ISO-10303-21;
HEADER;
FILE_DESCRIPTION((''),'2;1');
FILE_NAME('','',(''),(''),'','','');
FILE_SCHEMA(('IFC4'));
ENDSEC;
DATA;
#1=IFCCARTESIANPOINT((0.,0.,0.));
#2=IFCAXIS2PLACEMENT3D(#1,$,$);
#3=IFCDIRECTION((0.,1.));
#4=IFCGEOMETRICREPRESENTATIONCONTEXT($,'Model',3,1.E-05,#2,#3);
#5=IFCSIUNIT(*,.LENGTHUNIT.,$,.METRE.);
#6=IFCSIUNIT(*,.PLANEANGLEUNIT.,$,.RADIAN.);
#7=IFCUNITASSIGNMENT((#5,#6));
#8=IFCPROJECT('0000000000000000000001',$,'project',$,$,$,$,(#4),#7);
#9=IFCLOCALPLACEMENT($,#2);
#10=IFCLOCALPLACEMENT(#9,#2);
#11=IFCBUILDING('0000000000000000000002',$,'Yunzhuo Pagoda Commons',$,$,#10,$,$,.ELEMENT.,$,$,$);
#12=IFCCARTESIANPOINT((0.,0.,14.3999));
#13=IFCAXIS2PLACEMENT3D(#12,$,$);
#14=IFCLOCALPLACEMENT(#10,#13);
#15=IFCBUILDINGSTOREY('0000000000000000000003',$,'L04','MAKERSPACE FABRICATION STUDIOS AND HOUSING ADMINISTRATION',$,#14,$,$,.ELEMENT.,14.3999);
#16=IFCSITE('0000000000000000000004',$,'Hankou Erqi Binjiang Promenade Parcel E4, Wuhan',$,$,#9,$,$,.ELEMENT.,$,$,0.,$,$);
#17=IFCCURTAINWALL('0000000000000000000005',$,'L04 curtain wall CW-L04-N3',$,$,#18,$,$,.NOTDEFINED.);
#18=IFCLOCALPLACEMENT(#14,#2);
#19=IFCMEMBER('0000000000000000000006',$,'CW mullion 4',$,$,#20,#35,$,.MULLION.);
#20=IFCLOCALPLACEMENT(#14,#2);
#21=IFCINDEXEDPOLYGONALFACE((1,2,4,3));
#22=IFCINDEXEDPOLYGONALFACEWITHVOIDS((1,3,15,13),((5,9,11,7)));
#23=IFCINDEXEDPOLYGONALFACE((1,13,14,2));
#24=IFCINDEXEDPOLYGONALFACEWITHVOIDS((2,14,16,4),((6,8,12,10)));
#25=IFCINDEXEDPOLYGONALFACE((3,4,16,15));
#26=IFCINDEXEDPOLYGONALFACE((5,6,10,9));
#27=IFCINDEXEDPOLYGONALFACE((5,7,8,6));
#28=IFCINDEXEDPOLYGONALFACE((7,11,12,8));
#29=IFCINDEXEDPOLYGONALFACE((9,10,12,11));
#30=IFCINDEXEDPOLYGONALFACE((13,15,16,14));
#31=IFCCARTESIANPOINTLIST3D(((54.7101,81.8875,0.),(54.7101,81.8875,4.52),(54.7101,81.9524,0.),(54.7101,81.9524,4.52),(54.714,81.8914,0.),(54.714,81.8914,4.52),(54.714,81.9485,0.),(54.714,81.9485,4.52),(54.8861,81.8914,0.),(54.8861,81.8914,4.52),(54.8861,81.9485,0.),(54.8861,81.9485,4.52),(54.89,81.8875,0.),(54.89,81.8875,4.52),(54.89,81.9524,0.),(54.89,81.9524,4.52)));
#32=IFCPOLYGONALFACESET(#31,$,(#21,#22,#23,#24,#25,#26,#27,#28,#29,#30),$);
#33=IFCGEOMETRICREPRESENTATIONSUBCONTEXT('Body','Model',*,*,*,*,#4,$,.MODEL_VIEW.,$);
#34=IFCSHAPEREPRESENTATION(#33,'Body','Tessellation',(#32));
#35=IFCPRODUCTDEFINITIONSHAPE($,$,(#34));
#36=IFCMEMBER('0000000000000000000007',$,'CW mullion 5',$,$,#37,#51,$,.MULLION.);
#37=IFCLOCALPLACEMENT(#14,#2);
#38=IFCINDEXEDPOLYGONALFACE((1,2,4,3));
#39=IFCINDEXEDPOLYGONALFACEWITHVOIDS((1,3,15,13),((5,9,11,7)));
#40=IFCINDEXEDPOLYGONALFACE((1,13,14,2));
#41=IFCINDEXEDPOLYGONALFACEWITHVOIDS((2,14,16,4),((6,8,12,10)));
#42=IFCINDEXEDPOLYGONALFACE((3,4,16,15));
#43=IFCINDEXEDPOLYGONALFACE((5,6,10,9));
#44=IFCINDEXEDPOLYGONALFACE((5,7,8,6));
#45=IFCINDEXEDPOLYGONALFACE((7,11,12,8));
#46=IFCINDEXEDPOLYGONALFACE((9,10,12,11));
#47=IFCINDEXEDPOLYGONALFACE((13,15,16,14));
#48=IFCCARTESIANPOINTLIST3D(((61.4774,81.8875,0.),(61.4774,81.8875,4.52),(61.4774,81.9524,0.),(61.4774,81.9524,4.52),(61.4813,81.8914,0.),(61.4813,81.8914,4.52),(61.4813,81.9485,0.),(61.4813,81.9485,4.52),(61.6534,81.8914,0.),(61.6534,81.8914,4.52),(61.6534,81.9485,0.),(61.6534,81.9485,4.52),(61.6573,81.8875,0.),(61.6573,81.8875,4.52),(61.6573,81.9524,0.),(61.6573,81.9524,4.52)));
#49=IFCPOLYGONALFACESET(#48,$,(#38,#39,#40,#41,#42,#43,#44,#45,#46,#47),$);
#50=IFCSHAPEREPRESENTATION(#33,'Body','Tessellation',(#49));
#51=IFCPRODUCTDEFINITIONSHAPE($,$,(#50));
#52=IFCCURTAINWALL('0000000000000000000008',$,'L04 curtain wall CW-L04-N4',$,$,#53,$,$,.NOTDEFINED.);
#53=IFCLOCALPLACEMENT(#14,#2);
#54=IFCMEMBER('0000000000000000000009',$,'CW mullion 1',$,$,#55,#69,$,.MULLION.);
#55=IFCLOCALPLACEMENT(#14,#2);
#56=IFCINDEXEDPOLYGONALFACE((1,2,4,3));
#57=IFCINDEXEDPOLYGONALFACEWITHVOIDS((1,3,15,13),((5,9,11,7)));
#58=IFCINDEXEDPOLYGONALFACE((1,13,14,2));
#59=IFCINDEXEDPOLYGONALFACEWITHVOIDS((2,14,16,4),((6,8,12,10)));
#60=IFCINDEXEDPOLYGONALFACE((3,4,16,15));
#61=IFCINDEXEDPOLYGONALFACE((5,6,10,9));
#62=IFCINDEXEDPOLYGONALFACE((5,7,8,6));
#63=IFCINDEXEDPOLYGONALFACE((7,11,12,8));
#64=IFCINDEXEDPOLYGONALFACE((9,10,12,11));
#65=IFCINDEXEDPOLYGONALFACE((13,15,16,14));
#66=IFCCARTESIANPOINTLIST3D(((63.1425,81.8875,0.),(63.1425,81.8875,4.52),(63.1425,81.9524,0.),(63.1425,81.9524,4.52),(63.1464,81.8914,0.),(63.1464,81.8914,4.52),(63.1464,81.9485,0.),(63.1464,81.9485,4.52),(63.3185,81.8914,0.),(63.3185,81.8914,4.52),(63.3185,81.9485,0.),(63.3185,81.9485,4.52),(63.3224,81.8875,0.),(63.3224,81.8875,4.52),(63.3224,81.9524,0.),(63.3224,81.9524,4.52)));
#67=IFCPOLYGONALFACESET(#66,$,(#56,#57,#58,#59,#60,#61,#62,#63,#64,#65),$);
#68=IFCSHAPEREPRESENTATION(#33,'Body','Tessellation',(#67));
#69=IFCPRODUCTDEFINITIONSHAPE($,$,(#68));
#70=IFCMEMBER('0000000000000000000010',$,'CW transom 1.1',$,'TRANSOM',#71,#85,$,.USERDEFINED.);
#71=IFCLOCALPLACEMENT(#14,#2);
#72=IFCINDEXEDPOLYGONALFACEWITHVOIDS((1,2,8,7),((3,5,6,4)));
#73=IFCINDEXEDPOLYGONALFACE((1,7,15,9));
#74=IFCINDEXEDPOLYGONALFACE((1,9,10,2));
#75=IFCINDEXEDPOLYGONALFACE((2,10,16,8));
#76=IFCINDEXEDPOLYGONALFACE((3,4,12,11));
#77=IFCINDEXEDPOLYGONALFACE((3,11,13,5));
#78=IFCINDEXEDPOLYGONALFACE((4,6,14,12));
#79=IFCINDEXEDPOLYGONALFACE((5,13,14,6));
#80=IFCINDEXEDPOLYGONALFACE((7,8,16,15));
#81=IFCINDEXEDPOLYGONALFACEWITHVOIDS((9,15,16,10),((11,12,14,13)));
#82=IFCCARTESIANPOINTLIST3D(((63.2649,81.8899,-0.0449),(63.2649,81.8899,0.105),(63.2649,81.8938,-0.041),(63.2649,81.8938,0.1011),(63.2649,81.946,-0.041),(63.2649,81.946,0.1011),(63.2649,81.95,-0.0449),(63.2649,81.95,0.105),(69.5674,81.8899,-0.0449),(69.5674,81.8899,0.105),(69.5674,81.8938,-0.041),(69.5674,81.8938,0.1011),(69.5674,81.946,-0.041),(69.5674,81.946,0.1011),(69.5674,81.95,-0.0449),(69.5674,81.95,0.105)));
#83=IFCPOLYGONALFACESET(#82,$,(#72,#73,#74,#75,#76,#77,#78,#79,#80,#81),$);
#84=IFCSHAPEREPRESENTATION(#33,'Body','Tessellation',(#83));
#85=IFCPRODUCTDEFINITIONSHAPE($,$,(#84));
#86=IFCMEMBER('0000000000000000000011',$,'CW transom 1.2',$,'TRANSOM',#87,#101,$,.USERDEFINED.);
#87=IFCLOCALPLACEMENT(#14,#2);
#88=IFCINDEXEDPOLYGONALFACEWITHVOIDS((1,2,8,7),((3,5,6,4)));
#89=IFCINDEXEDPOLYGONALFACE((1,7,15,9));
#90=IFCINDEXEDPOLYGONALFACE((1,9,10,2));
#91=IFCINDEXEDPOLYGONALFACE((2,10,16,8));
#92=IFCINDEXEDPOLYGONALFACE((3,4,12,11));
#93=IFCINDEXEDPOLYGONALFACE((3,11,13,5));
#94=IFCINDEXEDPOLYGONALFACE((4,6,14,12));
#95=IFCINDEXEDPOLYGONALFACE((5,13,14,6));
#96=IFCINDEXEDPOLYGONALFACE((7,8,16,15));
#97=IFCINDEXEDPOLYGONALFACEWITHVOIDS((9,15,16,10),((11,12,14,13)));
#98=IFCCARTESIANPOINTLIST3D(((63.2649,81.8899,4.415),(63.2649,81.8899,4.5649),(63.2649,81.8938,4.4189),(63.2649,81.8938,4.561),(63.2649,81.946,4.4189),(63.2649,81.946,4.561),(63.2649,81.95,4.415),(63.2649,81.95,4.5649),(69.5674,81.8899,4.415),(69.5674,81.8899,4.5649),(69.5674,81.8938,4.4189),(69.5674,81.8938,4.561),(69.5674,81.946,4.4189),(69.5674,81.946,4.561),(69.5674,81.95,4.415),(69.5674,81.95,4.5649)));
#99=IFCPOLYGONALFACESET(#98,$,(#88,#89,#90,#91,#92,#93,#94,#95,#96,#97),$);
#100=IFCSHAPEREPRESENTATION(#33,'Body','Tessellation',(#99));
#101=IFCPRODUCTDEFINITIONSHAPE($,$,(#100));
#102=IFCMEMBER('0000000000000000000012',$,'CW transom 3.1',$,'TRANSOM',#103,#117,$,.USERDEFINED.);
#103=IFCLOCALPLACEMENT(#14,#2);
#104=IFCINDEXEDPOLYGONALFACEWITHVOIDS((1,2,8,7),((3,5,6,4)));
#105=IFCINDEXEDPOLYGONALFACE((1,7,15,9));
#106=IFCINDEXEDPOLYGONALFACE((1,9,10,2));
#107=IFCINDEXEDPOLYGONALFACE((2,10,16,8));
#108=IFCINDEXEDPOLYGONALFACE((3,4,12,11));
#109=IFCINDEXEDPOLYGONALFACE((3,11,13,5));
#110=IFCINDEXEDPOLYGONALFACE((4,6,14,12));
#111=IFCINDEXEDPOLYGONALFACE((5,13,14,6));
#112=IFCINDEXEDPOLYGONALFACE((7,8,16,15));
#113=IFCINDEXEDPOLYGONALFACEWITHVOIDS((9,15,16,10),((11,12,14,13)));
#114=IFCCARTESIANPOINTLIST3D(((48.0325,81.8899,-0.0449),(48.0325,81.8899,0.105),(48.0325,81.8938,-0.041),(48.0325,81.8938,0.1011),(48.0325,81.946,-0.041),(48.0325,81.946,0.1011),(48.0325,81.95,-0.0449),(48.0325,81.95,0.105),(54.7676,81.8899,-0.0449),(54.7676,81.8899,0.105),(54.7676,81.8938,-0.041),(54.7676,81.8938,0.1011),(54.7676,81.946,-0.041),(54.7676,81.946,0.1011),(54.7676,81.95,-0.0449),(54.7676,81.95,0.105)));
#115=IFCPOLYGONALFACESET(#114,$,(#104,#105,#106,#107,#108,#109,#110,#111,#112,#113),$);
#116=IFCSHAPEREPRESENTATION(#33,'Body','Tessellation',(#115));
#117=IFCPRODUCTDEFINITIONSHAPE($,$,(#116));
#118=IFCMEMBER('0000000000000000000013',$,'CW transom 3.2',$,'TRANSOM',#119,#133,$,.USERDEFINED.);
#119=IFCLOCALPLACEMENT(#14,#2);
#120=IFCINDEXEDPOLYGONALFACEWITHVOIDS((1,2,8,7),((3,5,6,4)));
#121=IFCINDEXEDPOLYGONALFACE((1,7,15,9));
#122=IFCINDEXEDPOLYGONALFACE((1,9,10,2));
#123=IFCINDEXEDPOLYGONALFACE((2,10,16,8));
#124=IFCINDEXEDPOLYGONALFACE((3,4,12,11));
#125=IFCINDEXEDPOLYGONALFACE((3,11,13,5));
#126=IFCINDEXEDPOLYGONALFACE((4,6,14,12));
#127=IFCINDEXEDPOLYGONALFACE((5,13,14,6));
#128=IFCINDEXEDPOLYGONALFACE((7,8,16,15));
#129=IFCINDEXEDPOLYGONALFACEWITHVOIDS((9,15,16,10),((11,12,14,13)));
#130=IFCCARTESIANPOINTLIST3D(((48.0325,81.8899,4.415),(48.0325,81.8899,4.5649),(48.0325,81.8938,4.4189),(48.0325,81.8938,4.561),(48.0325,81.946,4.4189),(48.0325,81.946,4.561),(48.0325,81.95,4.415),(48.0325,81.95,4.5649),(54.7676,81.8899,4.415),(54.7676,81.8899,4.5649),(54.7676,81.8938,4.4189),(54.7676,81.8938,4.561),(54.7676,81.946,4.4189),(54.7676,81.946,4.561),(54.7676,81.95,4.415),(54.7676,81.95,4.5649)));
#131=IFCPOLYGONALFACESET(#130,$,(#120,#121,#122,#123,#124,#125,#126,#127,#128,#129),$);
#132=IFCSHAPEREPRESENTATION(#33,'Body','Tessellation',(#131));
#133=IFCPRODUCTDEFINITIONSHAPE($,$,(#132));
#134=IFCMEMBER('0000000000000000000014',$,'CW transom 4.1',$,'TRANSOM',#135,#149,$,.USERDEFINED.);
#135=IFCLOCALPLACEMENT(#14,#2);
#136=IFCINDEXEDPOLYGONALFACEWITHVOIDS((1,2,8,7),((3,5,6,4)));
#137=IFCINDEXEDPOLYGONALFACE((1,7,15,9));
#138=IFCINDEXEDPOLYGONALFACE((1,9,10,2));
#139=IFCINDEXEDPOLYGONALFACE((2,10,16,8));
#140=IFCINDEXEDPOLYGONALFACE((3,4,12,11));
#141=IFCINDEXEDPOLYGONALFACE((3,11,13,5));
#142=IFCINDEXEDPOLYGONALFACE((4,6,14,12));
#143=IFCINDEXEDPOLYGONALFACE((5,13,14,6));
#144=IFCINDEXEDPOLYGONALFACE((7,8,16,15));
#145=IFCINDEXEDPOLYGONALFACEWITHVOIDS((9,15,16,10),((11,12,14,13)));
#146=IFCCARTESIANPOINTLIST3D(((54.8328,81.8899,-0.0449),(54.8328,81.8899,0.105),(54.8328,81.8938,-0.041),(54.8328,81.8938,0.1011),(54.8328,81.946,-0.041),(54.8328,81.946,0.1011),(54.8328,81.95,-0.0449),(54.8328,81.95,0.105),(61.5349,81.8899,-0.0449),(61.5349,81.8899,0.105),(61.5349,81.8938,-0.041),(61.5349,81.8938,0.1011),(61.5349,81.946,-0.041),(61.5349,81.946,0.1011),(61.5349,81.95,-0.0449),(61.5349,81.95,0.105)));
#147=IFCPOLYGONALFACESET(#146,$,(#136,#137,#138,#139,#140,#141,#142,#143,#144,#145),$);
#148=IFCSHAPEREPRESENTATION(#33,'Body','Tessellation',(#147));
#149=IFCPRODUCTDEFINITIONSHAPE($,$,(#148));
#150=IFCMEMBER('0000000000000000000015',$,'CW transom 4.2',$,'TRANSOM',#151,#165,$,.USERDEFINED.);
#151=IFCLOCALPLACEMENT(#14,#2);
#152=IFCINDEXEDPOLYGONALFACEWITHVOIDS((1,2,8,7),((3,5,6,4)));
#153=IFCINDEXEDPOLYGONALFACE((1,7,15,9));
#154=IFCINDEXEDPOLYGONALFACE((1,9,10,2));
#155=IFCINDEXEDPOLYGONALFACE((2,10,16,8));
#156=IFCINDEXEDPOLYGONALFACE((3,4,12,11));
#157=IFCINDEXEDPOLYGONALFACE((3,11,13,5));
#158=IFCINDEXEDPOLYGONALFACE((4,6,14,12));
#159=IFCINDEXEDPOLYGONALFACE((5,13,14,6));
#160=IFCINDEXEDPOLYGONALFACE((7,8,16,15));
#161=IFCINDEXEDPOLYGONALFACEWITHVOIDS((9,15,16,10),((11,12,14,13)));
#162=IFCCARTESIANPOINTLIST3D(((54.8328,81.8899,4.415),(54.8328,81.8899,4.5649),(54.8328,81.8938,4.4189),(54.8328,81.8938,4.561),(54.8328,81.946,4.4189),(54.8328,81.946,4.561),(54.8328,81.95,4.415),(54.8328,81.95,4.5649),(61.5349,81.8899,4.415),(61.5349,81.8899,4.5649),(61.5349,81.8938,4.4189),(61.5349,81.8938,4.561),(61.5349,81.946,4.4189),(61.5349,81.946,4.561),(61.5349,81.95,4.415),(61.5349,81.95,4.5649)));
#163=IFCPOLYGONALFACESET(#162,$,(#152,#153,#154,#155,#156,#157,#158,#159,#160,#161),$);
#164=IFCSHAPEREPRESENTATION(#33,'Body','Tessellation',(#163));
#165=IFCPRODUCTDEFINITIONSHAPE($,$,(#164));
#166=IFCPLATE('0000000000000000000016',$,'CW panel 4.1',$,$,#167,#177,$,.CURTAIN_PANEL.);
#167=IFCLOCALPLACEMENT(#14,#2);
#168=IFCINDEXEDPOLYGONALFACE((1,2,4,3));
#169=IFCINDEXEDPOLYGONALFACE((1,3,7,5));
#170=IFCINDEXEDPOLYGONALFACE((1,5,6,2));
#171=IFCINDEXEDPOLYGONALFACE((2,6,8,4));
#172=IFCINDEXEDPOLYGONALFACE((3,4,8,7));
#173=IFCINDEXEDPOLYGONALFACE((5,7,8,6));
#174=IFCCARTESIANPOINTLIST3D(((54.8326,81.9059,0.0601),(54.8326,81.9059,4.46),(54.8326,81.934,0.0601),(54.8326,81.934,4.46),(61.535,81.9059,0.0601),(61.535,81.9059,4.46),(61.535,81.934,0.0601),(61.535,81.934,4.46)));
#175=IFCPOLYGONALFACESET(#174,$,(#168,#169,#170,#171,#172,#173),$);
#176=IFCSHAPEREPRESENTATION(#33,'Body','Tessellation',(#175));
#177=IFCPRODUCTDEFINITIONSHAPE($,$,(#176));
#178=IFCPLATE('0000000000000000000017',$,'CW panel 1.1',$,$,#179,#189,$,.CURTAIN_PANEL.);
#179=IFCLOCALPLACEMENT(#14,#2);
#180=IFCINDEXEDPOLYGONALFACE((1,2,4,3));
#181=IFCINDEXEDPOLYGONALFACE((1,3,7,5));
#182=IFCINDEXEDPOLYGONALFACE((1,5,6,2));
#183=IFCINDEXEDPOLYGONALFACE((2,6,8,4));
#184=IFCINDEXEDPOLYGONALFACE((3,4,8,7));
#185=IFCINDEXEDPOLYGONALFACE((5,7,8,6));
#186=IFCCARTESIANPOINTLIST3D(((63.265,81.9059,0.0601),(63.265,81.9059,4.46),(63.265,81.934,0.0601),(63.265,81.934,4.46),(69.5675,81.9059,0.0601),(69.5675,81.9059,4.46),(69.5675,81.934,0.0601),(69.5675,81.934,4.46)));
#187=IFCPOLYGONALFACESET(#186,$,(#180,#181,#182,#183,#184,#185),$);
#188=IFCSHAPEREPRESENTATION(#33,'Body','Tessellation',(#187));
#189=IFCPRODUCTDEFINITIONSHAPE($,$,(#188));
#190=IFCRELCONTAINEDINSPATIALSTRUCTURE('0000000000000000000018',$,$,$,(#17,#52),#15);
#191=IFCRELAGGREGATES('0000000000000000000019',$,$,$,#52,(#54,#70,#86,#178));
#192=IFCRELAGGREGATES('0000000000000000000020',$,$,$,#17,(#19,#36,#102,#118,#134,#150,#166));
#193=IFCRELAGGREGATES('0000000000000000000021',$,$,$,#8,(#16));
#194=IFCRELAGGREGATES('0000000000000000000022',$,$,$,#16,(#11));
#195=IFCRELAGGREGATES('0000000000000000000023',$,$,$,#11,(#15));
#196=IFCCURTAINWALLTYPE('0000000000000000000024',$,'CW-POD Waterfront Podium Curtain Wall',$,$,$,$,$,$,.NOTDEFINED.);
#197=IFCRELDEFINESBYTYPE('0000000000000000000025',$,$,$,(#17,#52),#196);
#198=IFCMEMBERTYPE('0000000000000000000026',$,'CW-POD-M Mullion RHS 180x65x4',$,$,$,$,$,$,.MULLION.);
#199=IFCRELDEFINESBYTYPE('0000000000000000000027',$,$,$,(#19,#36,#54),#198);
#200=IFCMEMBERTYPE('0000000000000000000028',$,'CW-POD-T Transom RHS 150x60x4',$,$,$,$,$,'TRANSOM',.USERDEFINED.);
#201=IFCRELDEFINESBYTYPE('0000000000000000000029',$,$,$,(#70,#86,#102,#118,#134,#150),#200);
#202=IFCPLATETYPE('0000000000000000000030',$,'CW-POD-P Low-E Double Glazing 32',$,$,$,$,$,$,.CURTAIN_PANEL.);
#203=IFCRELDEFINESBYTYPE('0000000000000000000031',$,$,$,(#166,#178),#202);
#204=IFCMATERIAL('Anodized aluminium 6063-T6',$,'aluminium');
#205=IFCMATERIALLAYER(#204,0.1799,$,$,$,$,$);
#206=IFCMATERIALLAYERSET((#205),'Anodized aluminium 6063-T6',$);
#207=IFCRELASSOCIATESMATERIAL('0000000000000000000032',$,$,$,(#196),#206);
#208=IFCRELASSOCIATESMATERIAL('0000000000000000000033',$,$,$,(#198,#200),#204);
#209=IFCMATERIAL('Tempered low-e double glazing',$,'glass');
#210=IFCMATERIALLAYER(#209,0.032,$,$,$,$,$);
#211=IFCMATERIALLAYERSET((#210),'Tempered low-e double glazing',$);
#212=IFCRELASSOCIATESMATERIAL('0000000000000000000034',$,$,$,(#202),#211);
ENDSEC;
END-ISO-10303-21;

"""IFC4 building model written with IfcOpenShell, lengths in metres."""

from ifc_helpers import new_model, si_unit, direction, frame, origin, origin_2d, place, context, subcontext, project, spatial, rectangle, hollow_rectangle, extrude, source, transform, mapped, material, layer, layer_set, material_profile, profile_set, type_object, element, aggregate, save


model = new_model("IFC4")

# Units and contexts
model_context = context("Model", 3, precision=1e-05, world=origin(), true_north=direction((0.0, 1.0)))
body_context = subcontext(model_context, "Body", "Model", "MODEL_VIEW")
ifc_project = project(units=[si_unit("LENGTHUNIT", "METRE"), si_unit("PLANEANGLEUNIT", "RADIAN")], contexts=[model_context])

# Site, building, storey
site_placement = place(None, origin())
site = spatial("IfcSite", under=ifc_project, at=site_placement, Name="Hankou Erqi Binjiang Promenade Parcel E4, Wuhan", CompositionType="ELEMENT", RefElevation=0.0)
building_placement = place(site_placement, origin())
building = spatial("IfcBuilding", under=site, at=building_placement, Name="Yunzhuo Pagoda Commons", CompositionType="ELEMENT")
storey_placement = place(building_placement, frame((0.0, 0.0, 14.3999)))
storey = spatial("IfcBuildingStorey", under=building, at=storey_placement, Name="L04", Description="MAKERSPACE FABRICATION STUDIOS AND HOUSING ADMINISTRATION", CompositionType="ELEMENT", Elevation=14.3999)

# Curtain walls, members
ifc_material_1 = material(Name="Anodized aluminium 6063-T6", Category="aluminium")
ifc_layer_1 = layer(ifc_material_1, 0.1799)
ifc_layer_set_1 = layer_set([ifc_layer_1], Name="Anodized aluminium 6063-T6")
curtain_wall_type = type_object("IfcCurtainWallType", Name="CW-POD Waterfront Podium Curtain Wall", PredefinedType="NOTDEFINED", material=ifc_layer_set_1)
curtain_wall_1_placement = place(storey_placement, origin())
curtain_wall_1 = element("IfcCurtainWall", 1, at=curtain_wall_1_placement, inside=storey, type_object=curtain_wall_type, Name="L04 curtain wall CW-L04-N3", PredefinedType="NOTDEFINED")
ifc_material_profile_1 = material_profile(ifc_material_1, hollow_rectangle(XDim=0.0649, YDim=0.1799, WallThickness=0.0039, at=origin_2d()), Name="Anodized aluminium 6063-T6")
ifc_profile_set_1 = profile_set([ifc_material_profile_1], Name="Anodized aluminium 6063-T6")
member_type_1 = type_object("IfcMemberType", Name="CW-POD-M Mullion RHS 180x65x4", PredefinedType="MULLION", material=ifc_profile_set_1)
shared_shape_1 = source(origin(), body_context, "Body", "SweptSolid", [
    extrude(hollow_rectangle(XDim=0.0649, YDim=0.1799, WallThickness=0.0039, at=origin_2d()), origin(), (0.0, 0.0, 1.0), 4.52),
])
member_1_placement = place(storey_placement, frame((54.8, 81.9199, 0.0), z_axis=(0.0, 0.0, 1.0), x_axis=(0.0, 1.0, 0.0)))
member_1 = element("IfcMember", 2, at=member_1_placement, type_object=member_type_1, Name="CW mullion 4", PredefinedType="MULLION", context=body_context, shape_type="MappedRepresentation", body=[
    mapped(shared_shape_1, transform((0.0, 0.0, 0.0), scale=1.0)),
])
member_2_placement = place(storey_placement, frame((61.5674, 81.9199, 0.0), z_axis=(0.0, 0.0, 1.0), x_axis=(0.0, 1.0, 0.0)))
member_2 = element("IfcMember", 3, at=member_2_placement, type_object=member_type_1, Name="CW mullion 5", PredefinedType="MULLION", context=body_context, shape_type="MappedRepresentation", body=[
    mapped(shared_shape_1, transform((0.0, 0.0, 0.0), scale=1.0)),
])
curtain_wall_2_placement = place(storey_placement, origin())
curtain_wall_2 = element("IfcCurtainWall", 4, at=curtain_wall_2_placement, inside=storey, type_object=curtain_wall_type, Name="L04 curtain wall CW-L04-N4", PredefinedType="NOTDEFINED")
member_3_placement = place(storey_placement, frame((63.2324, 81.9199, 0.0), z_axis=(0.0, 0.0, 1.0), x_axis=(0.0, 1.0, 0.0)))
member_3 = element("IfcMember", 5, at=member_3_placement, type_object=member_type_1, Name="CW mullion 1", PredefinedType="MULLION", context=body_context, shape_type="MappedRepresentation", body=[
    mapped(shared_shape_1, transform((0.0, 0.0, 0.0), scale=1.0)),
])
ifc_material_profile_2 = material_profile(ifc_material_1, hollow_rectangle(XDim=0.0601, YDim=0.1499, WallThickness=0.0039, at=origin_2d()), Name="Anodized aluminium 6063-T6")
ifc_profile_set_2 = profile_set([ifc_material_profile_2], Name="Anodized aluminium 6063-T6")
member_type_2 = type_object("IfcMemberType", Name="CW-POD-T Transom RHS 150x60x4", ElementType="TRANSOM", PredefinedType="USERDEFINED", material=ifc_profile_set_2)
shared_shape_2 = source(origin(), body_context, "Body", "SweptSolid", [
    extrude(hollow_rectangle(XDim=0.0601, YDim=0.1499, WallThickness=0.0039, at=origin_2d()), origin(), (0.0, 0.0, 1.0), 6.3025),
])
member_4_placement = place(storey_placement, frame((63.2649, 81.9199, 0.03), z_axis=(1.0, 0.0, 0.0), x_axis=(0.0, 1.0, 0.0)))
member_4 = element("IfcMember", 6, at=member_4_placement, type_object=member_type_2, Name="CW transom 1.1", ObjectType="TRANSOM", PredefinedType="USERDEFINED", context=body_context, shape_type="MappedRepresentation", body=[
    mapped(shared_shape_2, transform((0.0, 0.0, 0.0), scale=1.0)),
])
member_5_placement = place(storey_placement, frame((63.2649, 81.9199, 4.49), z_axis=(1.0, 0.0, 0.0), x_axis=(0.0, 1.0, 0.0)))
member_5 = element("IfcMember", 7, at=member_5_placement, type_object=member_type_2, Name="CW transom 1.2", ObjectType="TRANSOM", PredefinedType="USERDEFINED", context=body_context, shape_type="MappedRepresentation", body=[
    mapped(shared_shape_2, transform((0.0, 0.0, 0.0), scale=1.0)),
])

# Members
shared_shape_3 = source(origin(), body_context, "Body", "SweptSolid", [
    extrude(hollow_rectangle(XDim=0.0601, YDim=0.1499, WallThickness=0.0039, at=origin_2d()), origin(), (0.0, 0.0, 1.0), 6.7351),
])
member_6_placement = place(storey_placement, frame((48.0325, 81.9199, 0.03), z_axis=(1.0, 0.0, 0.0), x_axis=(0.0, 1.0, 0.0)))
member_6 = element("IfcMember", 8, at=member_6_placement, type_object=member_type_2, Name="CW transom 3.1", ObjectType="TRANSOM", PredefinedType="USERDEFINED", context=body_context, shape_type="MappedRepresentation", body=[
    mapped(shared_shape_3, transform((0.0, 0.0, 0.0), scale=1.0)),
])
member_7_placement = place(storey_placement, frame((48.0325, 81.9199, 4.49), z_axis=(1.0, 0.0, 0.0), x_axis=(0.0, 1.0, 0.0)))
member_7 = element("IfcMember", 9, at=member_7_placement, type_object=member_type_2, Name="CW transom 3.2", ObjectType="TRANSOM", PredefinedType="USERDEFINED", context=body_context, shape_type="MappedRepresentation", body=[
    mapped(shared_shape_3, transform((0.0, 0.0, 0.0), scale=1.0)),
])
shared_shape_4 = source(origin(), body_context, "Body", "SweptSolid", [
    extrude(hollow_rectangle(XDim=0.0601, YDim=0.1499, WallThickness=0.0039, at=origin_2d()), origin(), (0.0, 0.0, 1.0), 6.7021),
])
member_8_placement = place(storey_placement, frame((54.8328, 81.9199, 0.03), z_axis=(1.0, 0.0, 0.0), x_axis=(0.0, 1.0, 0.0)))
member_8 = element("IfcMember", 10, at=member_8_placement, type_object=member_type_2, Name="CW transom 4.1", ObjectType="TRANSOM", PredefinedType="USERDEFINED", context=body_context, shape_type="MappedRepresentation", body=[
    mapped(shared_shape_4, transform((0.0, 0.0, 0.0), scale=1.0)),
])
member_9_placement = place(storey_placement, frame((54.8328, 81.9199, 4.49), z_axis=(1.0, 0.0, 0.0), x_axis=(0.0, 1.0, 0.0)))
member_9 = element("IfcMember", 11, at=member_9_placement, type_object=member_type_2, Name="CW transom 4.2", ObjectType="TRANSOM", PredefinedType="USERDEFINED", context=body_context, shape_type="MappedRepresentation", body=[
    mapped(shared_shape_4, transform((0.0, 0.0, 0.0), scale=1.0)),
])

# Plates
ifc_material_2 = material(Name="Tempered low-e double glazing", Category="glass")
ifc_layer_2 = layer(ifc_material_2, 0.032)
ifc_layer_set_2 = layer_set([ifc_layer_2], Name="Tempered low-e double glazing")
plate_type_1 = type_object("IfcPlateType", Name="CW-POD-P Low-E Double Glazing 32", PredefinedType="CURTAIN_PANEL", material=ifc_layer_set_2)
shared_shape_5 = source(origin(), body_context, "Body", "SweptSolid", [
    extrude(rectangle(XDim=6.7024, YDim=0.0281, at=origin_2d()), origin(), (0.0, 0.0, 1.0), 4.3999),
])
plate_1_placement = place(storey_placement, frame((58.1838, 81.9199, 0.0601), z_axis=(0.0, 0.0, 1.0), x_axis=(1.0, 0.0, 0.0)))
plate_1 = element("IfcPlate", 12, at=plate_1_placement, type_object=plate_type_1, Name="CW panel 4.1", PredefinedType="CURTAIN_PANEL", context=body_context, shape_type="MappedRepresentation", body=[
    mapped(shared_shape_5, transform((0.0, 0.0, 0.0), scale=1.0)),
])
shared_shape_6 = source(origin(), body_context, "Body", "SweptSolid", [
    extrude(rectangle(XDim=6.3025, YDim=0.0281, at=origin_2d()), origin(), (0.0, 0.0, 1.0), 4.3999),
])
plate_2_placement = place(storey_placement, frame((66.4163, 81.9199, 0.0601), z_axis=(0.0, 0.0, 1.0), x_axis=(1.0, 0.0, 0.0)))
plate_2 = element("IfcPlate", 13, at=plate_2_placement, type_object=plate_type_1, Name="CW panel 1.1", PredefinedType="CURTAIN_PANEL", context=body_context, shape_type="MappedRepresentation", body=[
    mapped(shared_shape_6, transform((0.0, 0.0, 0.0), scale=1.0)),
])
aggregate(curtain_wall_2, [member_3, member_4, member_5, plate_2])
aggregate(curtain_wall_1, [member_1, member_2, member_6, member_7, member_8, member_9, plate_1])

save(model, "model.ifc")
